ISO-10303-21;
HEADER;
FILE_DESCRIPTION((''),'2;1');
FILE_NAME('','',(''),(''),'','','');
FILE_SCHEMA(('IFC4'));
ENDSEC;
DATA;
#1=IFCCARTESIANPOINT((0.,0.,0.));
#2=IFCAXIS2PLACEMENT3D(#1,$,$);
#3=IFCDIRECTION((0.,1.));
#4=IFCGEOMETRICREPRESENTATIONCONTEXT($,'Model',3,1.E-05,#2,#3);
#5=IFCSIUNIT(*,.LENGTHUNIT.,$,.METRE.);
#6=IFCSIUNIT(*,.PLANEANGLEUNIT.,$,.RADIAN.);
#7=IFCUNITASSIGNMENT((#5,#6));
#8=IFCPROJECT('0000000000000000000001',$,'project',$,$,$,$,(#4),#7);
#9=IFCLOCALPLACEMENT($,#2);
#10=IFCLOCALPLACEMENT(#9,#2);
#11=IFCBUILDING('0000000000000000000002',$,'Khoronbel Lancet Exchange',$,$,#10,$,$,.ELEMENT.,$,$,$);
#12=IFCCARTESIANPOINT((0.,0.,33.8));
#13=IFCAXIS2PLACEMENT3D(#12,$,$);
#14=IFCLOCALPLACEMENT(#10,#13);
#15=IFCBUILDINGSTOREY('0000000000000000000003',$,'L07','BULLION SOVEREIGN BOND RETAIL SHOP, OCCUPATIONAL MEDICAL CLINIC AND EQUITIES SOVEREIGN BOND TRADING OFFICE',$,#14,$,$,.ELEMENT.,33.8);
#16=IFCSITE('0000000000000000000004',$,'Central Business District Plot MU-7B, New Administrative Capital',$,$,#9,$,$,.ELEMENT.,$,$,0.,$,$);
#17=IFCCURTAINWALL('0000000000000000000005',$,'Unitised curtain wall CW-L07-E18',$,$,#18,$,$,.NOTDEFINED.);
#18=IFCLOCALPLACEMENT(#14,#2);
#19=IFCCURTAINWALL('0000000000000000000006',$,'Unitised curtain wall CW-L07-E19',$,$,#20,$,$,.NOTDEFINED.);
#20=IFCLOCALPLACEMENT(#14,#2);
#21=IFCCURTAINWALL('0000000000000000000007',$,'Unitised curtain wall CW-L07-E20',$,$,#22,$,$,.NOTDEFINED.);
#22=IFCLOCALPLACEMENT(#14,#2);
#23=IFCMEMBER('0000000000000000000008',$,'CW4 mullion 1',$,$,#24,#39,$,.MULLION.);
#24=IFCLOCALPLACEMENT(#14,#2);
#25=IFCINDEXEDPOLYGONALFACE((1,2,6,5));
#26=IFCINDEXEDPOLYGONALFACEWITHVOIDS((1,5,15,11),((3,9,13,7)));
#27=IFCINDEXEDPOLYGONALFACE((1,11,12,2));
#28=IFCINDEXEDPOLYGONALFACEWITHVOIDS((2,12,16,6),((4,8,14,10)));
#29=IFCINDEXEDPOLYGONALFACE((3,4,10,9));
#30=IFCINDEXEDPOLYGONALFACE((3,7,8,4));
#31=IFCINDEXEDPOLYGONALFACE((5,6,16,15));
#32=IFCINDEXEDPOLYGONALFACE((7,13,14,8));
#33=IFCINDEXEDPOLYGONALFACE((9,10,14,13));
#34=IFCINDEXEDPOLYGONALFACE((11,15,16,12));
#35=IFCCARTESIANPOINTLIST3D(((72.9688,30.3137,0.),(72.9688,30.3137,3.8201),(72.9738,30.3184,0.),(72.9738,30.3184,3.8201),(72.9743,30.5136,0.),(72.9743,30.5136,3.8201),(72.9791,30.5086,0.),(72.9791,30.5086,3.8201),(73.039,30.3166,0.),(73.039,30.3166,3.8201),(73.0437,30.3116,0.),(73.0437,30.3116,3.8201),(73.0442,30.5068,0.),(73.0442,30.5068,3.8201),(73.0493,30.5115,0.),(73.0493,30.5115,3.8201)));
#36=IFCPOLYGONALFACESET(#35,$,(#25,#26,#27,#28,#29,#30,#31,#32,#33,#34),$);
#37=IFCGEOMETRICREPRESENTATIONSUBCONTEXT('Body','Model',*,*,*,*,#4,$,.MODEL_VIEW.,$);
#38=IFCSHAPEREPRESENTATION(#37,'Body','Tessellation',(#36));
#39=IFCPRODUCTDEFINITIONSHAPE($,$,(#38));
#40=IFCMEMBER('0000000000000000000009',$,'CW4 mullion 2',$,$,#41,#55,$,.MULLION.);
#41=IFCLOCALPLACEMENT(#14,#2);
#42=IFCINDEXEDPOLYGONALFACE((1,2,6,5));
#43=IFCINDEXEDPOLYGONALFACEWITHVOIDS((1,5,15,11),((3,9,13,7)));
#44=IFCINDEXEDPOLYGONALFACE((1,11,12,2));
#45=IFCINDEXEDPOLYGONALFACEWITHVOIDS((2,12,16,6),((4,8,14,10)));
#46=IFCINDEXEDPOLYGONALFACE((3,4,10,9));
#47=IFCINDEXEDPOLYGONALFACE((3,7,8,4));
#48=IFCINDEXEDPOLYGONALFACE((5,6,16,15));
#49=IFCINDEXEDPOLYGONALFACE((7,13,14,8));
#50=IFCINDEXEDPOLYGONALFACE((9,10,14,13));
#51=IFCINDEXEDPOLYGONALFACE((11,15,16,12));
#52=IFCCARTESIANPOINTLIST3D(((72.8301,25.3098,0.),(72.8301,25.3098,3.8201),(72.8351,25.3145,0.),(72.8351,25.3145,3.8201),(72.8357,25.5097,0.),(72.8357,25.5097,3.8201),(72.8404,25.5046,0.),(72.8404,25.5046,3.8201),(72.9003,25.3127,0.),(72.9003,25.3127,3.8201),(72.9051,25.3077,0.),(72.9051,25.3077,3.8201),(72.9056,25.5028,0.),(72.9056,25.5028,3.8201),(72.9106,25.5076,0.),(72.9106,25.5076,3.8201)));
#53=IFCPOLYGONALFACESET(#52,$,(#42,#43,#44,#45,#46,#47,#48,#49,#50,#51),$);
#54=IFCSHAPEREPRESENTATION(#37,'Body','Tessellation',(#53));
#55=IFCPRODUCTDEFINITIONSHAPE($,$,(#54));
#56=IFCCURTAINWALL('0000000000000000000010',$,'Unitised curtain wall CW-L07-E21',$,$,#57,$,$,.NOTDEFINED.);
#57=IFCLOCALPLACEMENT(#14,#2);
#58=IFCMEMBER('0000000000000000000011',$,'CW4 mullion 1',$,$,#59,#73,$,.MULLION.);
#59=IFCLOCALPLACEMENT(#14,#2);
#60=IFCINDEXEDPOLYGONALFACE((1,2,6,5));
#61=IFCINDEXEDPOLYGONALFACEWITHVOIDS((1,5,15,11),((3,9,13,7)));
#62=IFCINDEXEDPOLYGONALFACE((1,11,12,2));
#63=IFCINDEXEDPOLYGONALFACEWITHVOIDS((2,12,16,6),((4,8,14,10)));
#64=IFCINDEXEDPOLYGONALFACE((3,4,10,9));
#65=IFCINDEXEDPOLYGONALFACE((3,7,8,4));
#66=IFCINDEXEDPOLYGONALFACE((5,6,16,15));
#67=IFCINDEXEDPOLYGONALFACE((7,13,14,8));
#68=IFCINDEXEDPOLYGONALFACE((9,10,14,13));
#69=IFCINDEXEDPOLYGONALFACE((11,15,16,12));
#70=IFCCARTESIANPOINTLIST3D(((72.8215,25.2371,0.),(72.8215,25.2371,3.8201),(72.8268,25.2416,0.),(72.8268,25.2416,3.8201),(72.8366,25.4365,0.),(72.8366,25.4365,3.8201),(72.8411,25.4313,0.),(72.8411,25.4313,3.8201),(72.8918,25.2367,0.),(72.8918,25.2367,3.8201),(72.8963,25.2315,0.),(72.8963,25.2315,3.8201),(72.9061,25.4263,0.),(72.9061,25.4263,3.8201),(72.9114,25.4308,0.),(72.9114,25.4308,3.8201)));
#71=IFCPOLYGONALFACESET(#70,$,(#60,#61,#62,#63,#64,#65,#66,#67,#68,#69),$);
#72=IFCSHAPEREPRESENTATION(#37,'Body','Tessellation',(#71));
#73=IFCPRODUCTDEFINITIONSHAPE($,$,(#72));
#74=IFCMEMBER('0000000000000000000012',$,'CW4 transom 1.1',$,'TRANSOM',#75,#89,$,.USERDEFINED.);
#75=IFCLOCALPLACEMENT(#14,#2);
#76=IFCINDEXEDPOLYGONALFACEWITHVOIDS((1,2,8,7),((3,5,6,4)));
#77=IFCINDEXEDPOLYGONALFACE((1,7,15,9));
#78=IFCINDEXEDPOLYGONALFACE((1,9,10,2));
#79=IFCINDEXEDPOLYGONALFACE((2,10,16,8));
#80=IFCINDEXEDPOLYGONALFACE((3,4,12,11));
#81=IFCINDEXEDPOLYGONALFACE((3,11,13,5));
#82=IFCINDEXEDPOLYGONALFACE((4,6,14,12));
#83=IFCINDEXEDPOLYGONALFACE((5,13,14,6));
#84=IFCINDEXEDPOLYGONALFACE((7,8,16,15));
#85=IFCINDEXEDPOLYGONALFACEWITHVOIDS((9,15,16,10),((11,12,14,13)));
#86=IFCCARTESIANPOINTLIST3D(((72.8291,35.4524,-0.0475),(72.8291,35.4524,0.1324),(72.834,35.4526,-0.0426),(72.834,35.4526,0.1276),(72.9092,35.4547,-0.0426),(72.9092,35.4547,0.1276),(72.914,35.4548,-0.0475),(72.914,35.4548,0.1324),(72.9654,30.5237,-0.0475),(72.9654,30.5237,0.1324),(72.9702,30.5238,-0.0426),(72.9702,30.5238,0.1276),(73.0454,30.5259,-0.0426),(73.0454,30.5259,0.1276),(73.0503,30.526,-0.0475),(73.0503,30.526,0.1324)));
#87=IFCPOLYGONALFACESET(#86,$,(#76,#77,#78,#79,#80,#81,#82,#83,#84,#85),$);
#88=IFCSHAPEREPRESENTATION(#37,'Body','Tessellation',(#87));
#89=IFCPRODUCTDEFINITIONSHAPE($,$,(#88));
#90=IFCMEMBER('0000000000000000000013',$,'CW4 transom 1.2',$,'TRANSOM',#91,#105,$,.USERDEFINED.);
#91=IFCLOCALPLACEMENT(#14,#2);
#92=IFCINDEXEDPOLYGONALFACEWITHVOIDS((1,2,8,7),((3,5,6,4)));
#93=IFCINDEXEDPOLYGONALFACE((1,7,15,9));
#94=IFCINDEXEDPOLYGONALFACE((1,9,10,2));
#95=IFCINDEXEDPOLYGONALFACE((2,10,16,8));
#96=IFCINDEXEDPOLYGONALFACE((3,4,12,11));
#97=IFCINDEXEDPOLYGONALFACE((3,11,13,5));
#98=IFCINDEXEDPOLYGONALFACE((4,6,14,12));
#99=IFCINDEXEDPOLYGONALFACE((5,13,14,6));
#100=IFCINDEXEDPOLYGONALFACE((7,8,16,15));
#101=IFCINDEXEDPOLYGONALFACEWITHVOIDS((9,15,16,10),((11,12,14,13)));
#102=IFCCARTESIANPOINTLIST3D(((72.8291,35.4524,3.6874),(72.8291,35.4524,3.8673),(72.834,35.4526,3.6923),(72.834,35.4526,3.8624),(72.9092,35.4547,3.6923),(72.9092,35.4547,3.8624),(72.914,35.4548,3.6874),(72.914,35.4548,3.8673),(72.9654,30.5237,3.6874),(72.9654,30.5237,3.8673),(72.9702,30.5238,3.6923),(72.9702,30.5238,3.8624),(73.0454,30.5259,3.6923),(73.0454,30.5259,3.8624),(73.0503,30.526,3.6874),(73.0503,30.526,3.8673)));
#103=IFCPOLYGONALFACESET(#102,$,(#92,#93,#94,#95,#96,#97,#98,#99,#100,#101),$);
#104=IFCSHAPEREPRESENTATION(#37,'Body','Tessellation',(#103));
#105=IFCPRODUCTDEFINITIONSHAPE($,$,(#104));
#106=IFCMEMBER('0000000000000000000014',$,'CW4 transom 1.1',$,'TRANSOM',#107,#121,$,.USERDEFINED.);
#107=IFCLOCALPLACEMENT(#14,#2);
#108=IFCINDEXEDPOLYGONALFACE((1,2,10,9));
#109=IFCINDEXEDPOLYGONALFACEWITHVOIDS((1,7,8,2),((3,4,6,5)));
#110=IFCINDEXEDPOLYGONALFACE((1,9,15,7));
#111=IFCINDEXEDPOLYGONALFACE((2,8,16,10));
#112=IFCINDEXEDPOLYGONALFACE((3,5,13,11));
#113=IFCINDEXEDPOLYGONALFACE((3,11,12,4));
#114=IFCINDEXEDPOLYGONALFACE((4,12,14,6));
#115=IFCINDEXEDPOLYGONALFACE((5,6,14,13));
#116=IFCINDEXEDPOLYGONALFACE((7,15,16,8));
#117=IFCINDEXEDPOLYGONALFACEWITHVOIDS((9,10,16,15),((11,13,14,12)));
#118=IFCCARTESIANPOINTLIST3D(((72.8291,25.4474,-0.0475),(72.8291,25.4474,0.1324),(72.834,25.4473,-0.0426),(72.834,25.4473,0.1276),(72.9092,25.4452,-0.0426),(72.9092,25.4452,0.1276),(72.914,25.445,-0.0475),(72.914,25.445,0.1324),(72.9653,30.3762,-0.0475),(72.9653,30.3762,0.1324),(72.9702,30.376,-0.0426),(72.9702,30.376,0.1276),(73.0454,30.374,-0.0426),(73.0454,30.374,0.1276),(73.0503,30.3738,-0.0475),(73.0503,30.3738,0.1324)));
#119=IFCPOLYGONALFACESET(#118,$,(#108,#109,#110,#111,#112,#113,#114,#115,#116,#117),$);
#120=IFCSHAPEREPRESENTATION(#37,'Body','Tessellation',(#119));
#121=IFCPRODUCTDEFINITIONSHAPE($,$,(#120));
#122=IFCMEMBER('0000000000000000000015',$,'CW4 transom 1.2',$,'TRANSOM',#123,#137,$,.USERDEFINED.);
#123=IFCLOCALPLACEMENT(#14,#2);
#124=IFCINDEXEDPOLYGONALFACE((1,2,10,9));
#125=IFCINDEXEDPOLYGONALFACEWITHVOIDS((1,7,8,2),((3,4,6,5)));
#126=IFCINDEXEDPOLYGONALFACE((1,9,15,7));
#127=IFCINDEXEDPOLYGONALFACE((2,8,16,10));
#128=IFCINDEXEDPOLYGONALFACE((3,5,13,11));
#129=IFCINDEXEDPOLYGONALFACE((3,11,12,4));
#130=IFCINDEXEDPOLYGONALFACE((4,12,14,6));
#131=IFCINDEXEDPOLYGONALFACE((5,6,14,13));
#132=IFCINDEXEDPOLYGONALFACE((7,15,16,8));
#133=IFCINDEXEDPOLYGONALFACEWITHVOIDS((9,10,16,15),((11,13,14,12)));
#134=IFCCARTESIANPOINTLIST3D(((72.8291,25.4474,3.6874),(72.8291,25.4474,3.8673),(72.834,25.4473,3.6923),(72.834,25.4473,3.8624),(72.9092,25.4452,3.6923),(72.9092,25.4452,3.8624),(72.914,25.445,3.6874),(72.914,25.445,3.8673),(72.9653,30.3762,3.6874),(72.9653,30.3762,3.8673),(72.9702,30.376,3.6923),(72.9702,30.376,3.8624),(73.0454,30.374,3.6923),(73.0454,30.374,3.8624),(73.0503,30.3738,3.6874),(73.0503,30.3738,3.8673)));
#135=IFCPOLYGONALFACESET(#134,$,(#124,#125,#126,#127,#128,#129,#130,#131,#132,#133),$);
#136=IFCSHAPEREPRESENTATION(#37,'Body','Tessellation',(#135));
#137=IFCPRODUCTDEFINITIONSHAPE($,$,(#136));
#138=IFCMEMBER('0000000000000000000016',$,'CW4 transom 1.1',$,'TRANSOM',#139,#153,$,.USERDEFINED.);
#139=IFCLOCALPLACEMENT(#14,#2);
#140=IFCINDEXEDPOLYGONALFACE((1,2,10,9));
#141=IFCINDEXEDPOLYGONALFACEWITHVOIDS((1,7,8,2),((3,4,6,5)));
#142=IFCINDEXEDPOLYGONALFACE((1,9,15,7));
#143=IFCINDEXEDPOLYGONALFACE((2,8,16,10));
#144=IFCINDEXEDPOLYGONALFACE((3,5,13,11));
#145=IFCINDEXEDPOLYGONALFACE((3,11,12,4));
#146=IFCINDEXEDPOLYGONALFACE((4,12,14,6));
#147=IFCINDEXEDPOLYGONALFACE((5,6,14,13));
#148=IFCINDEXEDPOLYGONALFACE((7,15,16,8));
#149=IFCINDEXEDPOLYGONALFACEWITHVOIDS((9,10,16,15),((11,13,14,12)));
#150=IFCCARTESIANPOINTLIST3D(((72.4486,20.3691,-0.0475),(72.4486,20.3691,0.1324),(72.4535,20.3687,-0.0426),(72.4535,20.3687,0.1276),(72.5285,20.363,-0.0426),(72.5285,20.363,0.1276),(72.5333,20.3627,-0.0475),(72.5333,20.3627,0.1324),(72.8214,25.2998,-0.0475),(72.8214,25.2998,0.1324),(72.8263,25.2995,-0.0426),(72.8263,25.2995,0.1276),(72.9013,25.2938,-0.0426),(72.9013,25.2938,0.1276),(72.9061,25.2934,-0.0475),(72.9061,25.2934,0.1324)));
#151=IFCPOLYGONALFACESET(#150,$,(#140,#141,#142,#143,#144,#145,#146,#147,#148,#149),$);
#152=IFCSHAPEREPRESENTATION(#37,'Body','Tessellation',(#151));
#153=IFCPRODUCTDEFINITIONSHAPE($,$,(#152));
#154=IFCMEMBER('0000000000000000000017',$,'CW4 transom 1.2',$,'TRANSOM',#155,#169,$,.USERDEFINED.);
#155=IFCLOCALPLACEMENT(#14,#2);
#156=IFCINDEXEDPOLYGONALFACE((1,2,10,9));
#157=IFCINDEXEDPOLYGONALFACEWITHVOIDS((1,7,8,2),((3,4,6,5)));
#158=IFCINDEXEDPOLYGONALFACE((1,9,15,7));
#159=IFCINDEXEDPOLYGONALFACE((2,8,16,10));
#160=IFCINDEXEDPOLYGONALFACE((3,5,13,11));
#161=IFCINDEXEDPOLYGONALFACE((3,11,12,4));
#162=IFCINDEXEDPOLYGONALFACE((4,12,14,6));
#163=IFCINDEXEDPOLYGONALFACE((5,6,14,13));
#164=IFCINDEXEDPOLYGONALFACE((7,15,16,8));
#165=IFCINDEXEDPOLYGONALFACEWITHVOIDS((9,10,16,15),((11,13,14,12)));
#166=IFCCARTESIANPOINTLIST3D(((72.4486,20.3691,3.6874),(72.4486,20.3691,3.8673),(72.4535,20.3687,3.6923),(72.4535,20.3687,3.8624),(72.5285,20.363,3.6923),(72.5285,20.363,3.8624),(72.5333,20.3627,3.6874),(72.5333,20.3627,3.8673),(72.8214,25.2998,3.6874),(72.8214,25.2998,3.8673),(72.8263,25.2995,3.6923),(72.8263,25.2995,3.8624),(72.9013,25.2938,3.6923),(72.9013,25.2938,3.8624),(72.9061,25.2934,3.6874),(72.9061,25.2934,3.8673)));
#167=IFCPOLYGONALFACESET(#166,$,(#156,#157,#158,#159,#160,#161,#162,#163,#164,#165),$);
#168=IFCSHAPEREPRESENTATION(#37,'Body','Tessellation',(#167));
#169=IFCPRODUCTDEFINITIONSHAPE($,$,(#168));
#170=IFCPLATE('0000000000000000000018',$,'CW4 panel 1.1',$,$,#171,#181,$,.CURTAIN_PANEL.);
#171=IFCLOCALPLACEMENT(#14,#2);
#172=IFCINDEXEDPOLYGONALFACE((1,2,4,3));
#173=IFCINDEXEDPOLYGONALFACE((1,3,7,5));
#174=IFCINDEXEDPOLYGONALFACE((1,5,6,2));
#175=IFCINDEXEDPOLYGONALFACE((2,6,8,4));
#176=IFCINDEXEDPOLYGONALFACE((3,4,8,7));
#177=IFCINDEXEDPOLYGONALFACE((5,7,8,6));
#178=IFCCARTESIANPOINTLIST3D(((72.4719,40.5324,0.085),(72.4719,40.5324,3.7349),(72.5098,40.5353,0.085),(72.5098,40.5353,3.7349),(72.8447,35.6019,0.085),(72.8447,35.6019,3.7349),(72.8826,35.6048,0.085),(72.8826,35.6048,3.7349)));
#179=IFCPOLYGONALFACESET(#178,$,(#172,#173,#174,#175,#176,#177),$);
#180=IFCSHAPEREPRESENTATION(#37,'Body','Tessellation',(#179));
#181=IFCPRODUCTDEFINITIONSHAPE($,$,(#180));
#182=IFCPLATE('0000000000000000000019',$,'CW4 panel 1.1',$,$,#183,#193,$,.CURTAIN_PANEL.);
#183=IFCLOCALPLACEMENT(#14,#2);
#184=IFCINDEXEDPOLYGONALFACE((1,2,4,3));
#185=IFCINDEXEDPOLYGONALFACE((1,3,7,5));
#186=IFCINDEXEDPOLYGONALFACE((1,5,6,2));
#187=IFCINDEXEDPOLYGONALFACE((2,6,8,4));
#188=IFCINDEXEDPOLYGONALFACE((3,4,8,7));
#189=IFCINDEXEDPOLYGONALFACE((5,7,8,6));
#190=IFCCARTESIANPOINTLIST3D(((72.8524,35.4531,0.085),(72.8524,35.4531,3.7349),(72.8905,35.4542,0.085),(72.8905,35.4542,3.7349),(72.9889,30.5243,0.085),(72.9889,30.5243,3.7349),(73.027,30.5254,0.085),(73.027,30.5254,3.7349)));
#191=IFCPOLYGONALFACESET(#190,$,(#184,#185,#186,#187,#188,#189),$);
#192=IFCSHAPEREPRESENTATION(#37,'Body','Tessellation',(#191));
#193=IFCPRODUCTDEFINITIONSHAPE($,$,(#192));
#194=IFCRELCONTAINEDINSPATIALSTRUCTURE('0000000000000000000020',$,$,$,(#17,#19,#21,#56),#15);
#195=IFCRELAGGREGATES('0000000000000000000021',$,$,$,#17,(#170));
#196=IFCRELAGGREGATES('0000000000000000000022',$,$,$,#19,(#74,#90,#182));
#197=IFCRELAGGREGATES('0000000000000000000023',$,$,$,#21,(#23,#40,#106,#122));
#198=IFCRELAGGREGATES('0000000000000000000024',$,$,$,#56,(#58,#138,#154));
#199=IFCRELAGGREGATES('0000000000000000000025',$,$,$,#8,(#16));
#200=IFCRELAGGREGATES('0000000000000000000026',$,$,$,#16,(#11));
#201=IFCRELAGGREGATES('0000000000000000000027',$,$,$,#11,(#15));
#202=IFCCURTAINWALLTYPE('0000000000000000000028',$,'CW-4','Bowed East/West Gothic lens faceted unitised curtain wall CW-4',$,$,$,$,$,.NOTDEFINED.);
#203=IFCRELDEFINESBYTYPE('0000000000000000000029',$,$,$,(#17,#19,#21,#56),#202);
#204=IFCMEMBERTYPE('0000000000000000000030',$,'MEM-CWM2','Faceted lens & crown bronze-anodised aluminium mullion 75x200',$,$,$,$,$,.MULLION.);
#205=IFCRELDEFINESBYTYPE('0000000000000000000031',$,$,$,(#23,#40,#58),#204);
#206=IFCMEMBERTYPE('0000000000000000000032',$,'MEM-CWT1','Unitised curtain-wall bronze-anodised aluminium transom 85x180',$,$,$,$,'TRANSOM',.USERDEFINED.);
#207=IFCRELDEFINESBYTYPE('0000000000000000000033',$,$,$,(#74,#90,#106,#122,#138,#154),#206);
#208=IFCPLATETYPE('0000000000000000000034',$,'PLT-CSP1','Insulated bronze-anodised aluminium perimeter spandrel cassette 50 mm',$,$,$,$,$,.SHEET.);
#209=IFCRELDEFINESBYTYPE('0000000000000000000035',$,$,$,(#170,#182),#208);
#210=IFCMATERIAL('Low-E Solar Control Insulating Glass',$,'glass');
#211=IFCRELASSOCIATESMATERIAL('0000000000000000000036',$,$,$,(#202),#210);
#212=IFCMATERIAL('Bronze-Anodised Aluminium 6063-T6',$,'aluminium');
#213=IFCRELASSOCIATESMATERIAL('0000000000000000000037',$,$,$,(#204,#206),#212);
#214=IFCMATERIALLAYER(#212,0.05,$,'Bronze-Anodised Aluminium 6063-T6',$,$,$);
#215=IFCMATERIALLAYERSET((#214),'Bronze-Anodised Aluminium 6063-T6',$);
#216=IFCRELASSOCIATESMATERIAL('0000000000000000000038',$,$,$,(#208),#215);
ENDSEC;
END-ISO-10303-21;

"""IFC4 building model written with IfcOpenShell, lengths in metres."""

from ifc_helpers import new_model, si_unit, direction, frame, origin, origin_2d, place, context, subcontext, project, spatial, rectangle, hollow_rectangle, extrude, material, layer, layer_set, material_profile, profile_set, type_object, element, aggregate, save


model = new_model("IFC4")

# Units and contexts
model_context = context("Model", 3, precision=1e-05, world=origin(), true_north=direction((0.0, 1.0)))
body_context = subcontext(model_context, "Body", "Model", "MODEL_VIEW")
ifc_project = project(units=[si_unit("LENGTHUNIT", "METRE"), si_unit("PLANEANGLEUNIT", "RADIAN")], contexts=[model_context])

# Site, building, storey
site_placement = place(None, origin())
site = spatial("IfcSite", under=ifc_project, at=site_placement, Name="Central Business District Plot MU-7B, New Administrative Capital", CompositionType="ELEMENT", RefElevation=0.0)
building_placement = place(site_placement, origin())
building = spatial("IfcBuilding", under=site, at=building_placement, Name="Khoronbel Lancet Exchange", CompositionType="ELEMENT")
storey_placement = place(building_placement, frame((0.0, 0.0, 33.8)))
storey = spatial("IfcBuildingStorey", under=building, at=storey_placement, Name="L07", Description="BULLION SOVEREIGN BOND RETAIL SHOP, OCCUPATIONAL MEDICAL CLINIC AND EQUITIES SOVEREIGN BOND TRADING OFFICE", CompositionType="ELEMENT", Elevation=33.8)

# Curtain wall
ifc_material_1 = material(Name="Low-E Solar Control Insulating Glass", Category="glass")
curtain_wall_type = type_object("IfcCurtainWallType", Name="CW-4", Description="Bowed East/West Gothic lens faceted unitised curtain wall CW-4", PredefinedType="NOTDEFINED", material=ifc_material_1)
curtain_wall_1_placement = place(storey_placement, origin())
curtain_wall_1 = element("IfcCurtainWall", 1, at=curtain_wall_1_placement, inside=storey, type_object=curtain_wall_type, Name="Unitised curtain wall CW-L07-E18", PredefinedType="NOTDEFINED")
ifc_material_2 = material(Name="Bronze-Anodised Aluminium 6063-T6", Category="aluminium")
ifc_material_profile_1 = material_profile(ifc_material_2, hollow_rectangle(XDim=0.075, YDim=0.2, WallThickness=0.0049, at=origin_2d()), Name="ALU MULLION 75x200")
ifc_profile_set_1 = profile_set([ifc_material_profile_1], Name="Bronze-Anodised Aluminium 6063-T6")
member_type_1 = type_object("IfcMemberType", Name="MEM-CWM2", Description="Faceted lens & crown bronze-anodised aluminium mullion 75x200", PredefinedType="MULLION", material=ifc_profile_set_1)

# Curtain walls, members
curtain_wall_2_placement = place(storey_placement, origin())
curtain_wall_2 = element("IfcCurtainWall", 2, at=curtain_wall_2_placement, inside=storey, type_object=curtain_wall_type, Name="Unitised curtain wall CW-L07-E19", PredefinedType="NOTDEFINED")
curtain_wall_3_placement = place(storey_placement, origin())
curtain_wall_3 = element("IfcCurtainWall", 3, at=curtain_wall_3_placement, inside=storey, type_object=curtain_wall_type, Name="Unitised curtain wall CW-L07-E20", PredefinedType="NOTDEFINED")
member_1_placement = place(storey_placement, frame((73.009, 30.4126, 0.0), z_axis=(0.0, 0.0, 1.0), x_axis=(0.999617, -0.027674, 0.0)))
member_1 = element("IfcMember", 4, at=member_1_placement, type_object=member_type_1, Name="CW4 mullion 1", PredefinedType="MULLION", context=body_context, shape_type="SweptSolid", body=[
    extrude(hollow_rectangle(XDim=0.075, YDim=0.2, WallThickness=0.0049, at=origin_2d()), origin(), (0.0, 0.0, 1.0), 3.8201),
])
member_2_placement = place(storey_placement, frame((72.8704, 25.4087, 0.0), z_axis=(0.0, 0.0, 1.0), x_axis=(0.999617, -0.027674, 0.0)))
member_2 = element("IfcMember", 5, at=member_2_placement, type_object=member_type_1, Name="CW4 mullion 2", PredefinedType="MULLION", context=body_context, shape_type="SweptSolid", body=[
    extrude(hollow_rectangle(XDim=0.075, YDim=0.2, WallThickness=0.0049, at=origin_2d()), origin(), (0.0, 0.0, 1.0), 3.8201),
])

# Curtain wall, member
curtain_wall_4_placement = place(storey_placement, origin())
curtain_wall_4 = element("IfcCurtainWall", 6, at=curtain_wall_4_placement, inside=storey, type_object=curtain_wall_type, Name="Unitised curtain wall CW-L07-E21", PredefinedType="NOTDEFINED")
member_3_placement = place(storey_placement, frame((72.8665, 25.334, 0.0), z_axis=(0.0, 0.0, 1.0), x_axis=(0.997154, -0.075395, 0.0)))
member_3 = element("IfcMember", 7, at=member_3_placement, type_object=member_type_1, Name="CW4 mullion 1", PredefinedType="MULLION", context=body_context, shape_type="SweptSolid", body=[
    extrude(hollow_rectangle(XDim=0.075, YDim=0.2, WallThickness=0.0049, at=origin_2d()), origin(), (0.0, 0.0, 1.0), 3.8201),
])

# Members
ifc_material_profile_2 = material_profile(ifc_material_2, hollow_rectangle(XDim=0.085, YDim=0.1799, WallThickness=0.0049, at=origin_2d()), Name="ALU TRANSOM 85x180")
ifc_profile_set_2 = profile_set([ifc_material_profile_2], Name="Bronze-Anodised Aluminium 6063-T6")
member_type_2 = type_object("IfcMemberType", Name="MEM-CWT1", Description="Unitised curtain-wall bronze-anodised aluminium transom 85x180", ElementType="TRANSOM", PredefinedType="USERDEFINED", material=ifc_profile_set_2)
member_4_placement = place(storey_placement, frame((72.8716, 35.4536, 0.0425), z_axis=(0.02763, -0.999618, 0.0), x_axis=(0.999618, 0.02763, 0.0)))
member_4 = element("IfcMember", 8, at=member_4_placement, type_object=member_type_2, Name="CW4 transom 1.1", ObjectType="TRANSOM", PredefinedType="USERDEFINED", context=body_context, shape_type="SweptSolid", body=[
    extrude(hollow_rectangle(XDim=0.085, YDim=0.1799, WallThickness=0.0049, at=origin_2d()), origin(), (0.0, 0.0, 1.0), 4.9307),
])
member_5_placement = place(storey_placement, frame((72.8716, 35.4536, 3.7773), z_axis=(0.02763, -0.999618, 0.0), x_axis=(0.999618, 0.02763, 0.0)))
member_5 = element("IfcMember", 9, at=member_5_placement, type_object=member_type_2, Name="CW4 transom 1.2", ObjectType="TRANSOM", PredefinedType="USERDEFINED", context=body_context, shape_type="SweptSolid", body=[
    extrude(hollow_rectangle(XDim=0.085, YDim=0.1799, WallThickness=0.0049, at=origin_2d()), origin(), (0.0, 0.0, 1.0), 4.9307),
])
member_6_placement = place(storey_placement, frame((73.0078, 30.375, 0.0425), z_axis=(-0.02763, -0.999618, 0.0), x_axis=(0.999618, -0.02763, 0.0)))
member_6 = element("IfcMember", 10, at=member_6_placement, type_object=member_type_2, Name="CW4 transom 1.1", ObjectType="TRANSOM", PredefinedType="USERDEFINED", context=body_context, shape_type="SweptSolid", body=[
    extrude(hollow_rectangle(XDim=0.085, YDim=0.1799, WallThickness=0.0049, at=origin_2d()), origin(), (0.0, 0.0, 1.0), 4.9307),
])
member_7_placement = place(storey_placement, frame((73.0078, 30.375, 3.7773), z_axis=(-0.02763, -0.999618, 0.0), x_axis=(0.999618, -0.02763, 0.0)))
member_7 = element("IfcMember", 11, at=member_7_placement, type_object=member_type_2, Name="CW4 transom 1.2", ObjectType="TRANSOM", PredefinedType="USERDEFINED", context=body_context, shape_type="SweptSolid", body=[
    extrude(hollow_rectangle(XDim=0.085, YDim=0.1799, WallThickness=0.0049, at=origin_2d()), origin(), (0.0, 0.0, 1.0), 4.9307),
])
member_8_placement = place(storey_placement, frame((72.8638, 25.2966, 0.0425), z_axis=(-0.075394, -0.997154, 0.0), x_axis=(0.997154, -0.075394, 0.0)))
member_8 = element("IfcMember", 12, at=member_8_placement, type_object=member_type_2, Name="CW4 transom 1.1", ObjectType="TRANSOM", PredefinedType="USERDEFINED", context=body_context, shape_type="SweptSolid", body=[
    extrude(hollow_rectangle(XDim=0.085, YDim=0.1799, WallThickness=0.0049, at=origin_2d()), origin(), (0.0, 0.0, 1.0), 4.9448),
])
member_9_placement = place(storey_placement, frame((72.8638, 25.2966, 3.7773), z_axis=(-0.075394, -0.997154, 0.0), x_axis=(0.997154, -0.075394, 0.0)))
member_9 = element("IfcMember", 13, at=member_9_placement, type_object=member_type_2, Name="CW4 transom 1.2", ObjectType="TRANSOM", PredefinedType="USERDEFINED", context=body_context, shape_type="SweptSolid", body=[
    extrude(hollow_rectangle(XDim=0.085, YDim=0.1799, WallThickness=0.0049, at=origin_2d()), origin(), (0.0, 0.0, 1.0), 4.9448),
])

# Plates
ifc_layer_1 = layer(ifc_material_2, 0.05, Name="Bronze-Anodised Aluminium 6063-T6")
ifc_layer_set_1 = layer_set([ifc_layer_1], Name="Bronze-Anodised Aluminium 6063-T6")
plate_type_1 = type_object("IfcPlateType", Name="PLT-CSP1", Description="Insulated bronze-anodised aluminium perimeter spandrel cassette 50 mm", PredefinedType="SHEET", material=ifc_layer_set_1)
plate_1_placement = place(storey_placement, frame((72.6772, 38.0686, 0.085), z_axis=(0.0, 0.0, 1.0), x_axis=(0.075395, -0.997154, 0.0)))
plate_1 = element("IfcPlate", 14, at=plate_1_placement, type_object=plate_type_1, Name="CW4 panel 1.1", PredefinedType="CURTAIN_PANEL", context=body_context, shape_type="SweptSolid", body=[
    extrude(rectangle(XDim=4.9446, YDim=0.0381, at=origin_2d()), origin(), (0.0, 0.0, 1.0), 3.6499),
])
aggregate(curtain_wall_1, [plate_1])
plate_2_placement = place(storey_placement, frame((72.9397, 32.9893, 0.085), z_axis=(0.0, 0.0, 1.0), x_axis=(0.027674, -0.999617, 0.0)))
plate_2 = element("IfcPlate", 15, at=plate_2_placement, type_object=plate_type_1, Name="CW4 panel 1.1", PredefinedType="CURTAIN_PANEL", context=body_context, shape_type="SweptSolid", body=[
    extrude(rectangle(XDim=4.9307, YDim=0.0381, at=origin_2d()), origin(), (0.0, 0.0, 1.0), 3.6499),
])
aggregate(curtain_wall_2, [member_4, member_5, plate_2])
aggregate(curtain_wall_3, [member_1, member_2, member_6, member_7])
aggregate(curtain_wall_4, [member_3, member_8, member_9])

save(model, "model.ifc")
